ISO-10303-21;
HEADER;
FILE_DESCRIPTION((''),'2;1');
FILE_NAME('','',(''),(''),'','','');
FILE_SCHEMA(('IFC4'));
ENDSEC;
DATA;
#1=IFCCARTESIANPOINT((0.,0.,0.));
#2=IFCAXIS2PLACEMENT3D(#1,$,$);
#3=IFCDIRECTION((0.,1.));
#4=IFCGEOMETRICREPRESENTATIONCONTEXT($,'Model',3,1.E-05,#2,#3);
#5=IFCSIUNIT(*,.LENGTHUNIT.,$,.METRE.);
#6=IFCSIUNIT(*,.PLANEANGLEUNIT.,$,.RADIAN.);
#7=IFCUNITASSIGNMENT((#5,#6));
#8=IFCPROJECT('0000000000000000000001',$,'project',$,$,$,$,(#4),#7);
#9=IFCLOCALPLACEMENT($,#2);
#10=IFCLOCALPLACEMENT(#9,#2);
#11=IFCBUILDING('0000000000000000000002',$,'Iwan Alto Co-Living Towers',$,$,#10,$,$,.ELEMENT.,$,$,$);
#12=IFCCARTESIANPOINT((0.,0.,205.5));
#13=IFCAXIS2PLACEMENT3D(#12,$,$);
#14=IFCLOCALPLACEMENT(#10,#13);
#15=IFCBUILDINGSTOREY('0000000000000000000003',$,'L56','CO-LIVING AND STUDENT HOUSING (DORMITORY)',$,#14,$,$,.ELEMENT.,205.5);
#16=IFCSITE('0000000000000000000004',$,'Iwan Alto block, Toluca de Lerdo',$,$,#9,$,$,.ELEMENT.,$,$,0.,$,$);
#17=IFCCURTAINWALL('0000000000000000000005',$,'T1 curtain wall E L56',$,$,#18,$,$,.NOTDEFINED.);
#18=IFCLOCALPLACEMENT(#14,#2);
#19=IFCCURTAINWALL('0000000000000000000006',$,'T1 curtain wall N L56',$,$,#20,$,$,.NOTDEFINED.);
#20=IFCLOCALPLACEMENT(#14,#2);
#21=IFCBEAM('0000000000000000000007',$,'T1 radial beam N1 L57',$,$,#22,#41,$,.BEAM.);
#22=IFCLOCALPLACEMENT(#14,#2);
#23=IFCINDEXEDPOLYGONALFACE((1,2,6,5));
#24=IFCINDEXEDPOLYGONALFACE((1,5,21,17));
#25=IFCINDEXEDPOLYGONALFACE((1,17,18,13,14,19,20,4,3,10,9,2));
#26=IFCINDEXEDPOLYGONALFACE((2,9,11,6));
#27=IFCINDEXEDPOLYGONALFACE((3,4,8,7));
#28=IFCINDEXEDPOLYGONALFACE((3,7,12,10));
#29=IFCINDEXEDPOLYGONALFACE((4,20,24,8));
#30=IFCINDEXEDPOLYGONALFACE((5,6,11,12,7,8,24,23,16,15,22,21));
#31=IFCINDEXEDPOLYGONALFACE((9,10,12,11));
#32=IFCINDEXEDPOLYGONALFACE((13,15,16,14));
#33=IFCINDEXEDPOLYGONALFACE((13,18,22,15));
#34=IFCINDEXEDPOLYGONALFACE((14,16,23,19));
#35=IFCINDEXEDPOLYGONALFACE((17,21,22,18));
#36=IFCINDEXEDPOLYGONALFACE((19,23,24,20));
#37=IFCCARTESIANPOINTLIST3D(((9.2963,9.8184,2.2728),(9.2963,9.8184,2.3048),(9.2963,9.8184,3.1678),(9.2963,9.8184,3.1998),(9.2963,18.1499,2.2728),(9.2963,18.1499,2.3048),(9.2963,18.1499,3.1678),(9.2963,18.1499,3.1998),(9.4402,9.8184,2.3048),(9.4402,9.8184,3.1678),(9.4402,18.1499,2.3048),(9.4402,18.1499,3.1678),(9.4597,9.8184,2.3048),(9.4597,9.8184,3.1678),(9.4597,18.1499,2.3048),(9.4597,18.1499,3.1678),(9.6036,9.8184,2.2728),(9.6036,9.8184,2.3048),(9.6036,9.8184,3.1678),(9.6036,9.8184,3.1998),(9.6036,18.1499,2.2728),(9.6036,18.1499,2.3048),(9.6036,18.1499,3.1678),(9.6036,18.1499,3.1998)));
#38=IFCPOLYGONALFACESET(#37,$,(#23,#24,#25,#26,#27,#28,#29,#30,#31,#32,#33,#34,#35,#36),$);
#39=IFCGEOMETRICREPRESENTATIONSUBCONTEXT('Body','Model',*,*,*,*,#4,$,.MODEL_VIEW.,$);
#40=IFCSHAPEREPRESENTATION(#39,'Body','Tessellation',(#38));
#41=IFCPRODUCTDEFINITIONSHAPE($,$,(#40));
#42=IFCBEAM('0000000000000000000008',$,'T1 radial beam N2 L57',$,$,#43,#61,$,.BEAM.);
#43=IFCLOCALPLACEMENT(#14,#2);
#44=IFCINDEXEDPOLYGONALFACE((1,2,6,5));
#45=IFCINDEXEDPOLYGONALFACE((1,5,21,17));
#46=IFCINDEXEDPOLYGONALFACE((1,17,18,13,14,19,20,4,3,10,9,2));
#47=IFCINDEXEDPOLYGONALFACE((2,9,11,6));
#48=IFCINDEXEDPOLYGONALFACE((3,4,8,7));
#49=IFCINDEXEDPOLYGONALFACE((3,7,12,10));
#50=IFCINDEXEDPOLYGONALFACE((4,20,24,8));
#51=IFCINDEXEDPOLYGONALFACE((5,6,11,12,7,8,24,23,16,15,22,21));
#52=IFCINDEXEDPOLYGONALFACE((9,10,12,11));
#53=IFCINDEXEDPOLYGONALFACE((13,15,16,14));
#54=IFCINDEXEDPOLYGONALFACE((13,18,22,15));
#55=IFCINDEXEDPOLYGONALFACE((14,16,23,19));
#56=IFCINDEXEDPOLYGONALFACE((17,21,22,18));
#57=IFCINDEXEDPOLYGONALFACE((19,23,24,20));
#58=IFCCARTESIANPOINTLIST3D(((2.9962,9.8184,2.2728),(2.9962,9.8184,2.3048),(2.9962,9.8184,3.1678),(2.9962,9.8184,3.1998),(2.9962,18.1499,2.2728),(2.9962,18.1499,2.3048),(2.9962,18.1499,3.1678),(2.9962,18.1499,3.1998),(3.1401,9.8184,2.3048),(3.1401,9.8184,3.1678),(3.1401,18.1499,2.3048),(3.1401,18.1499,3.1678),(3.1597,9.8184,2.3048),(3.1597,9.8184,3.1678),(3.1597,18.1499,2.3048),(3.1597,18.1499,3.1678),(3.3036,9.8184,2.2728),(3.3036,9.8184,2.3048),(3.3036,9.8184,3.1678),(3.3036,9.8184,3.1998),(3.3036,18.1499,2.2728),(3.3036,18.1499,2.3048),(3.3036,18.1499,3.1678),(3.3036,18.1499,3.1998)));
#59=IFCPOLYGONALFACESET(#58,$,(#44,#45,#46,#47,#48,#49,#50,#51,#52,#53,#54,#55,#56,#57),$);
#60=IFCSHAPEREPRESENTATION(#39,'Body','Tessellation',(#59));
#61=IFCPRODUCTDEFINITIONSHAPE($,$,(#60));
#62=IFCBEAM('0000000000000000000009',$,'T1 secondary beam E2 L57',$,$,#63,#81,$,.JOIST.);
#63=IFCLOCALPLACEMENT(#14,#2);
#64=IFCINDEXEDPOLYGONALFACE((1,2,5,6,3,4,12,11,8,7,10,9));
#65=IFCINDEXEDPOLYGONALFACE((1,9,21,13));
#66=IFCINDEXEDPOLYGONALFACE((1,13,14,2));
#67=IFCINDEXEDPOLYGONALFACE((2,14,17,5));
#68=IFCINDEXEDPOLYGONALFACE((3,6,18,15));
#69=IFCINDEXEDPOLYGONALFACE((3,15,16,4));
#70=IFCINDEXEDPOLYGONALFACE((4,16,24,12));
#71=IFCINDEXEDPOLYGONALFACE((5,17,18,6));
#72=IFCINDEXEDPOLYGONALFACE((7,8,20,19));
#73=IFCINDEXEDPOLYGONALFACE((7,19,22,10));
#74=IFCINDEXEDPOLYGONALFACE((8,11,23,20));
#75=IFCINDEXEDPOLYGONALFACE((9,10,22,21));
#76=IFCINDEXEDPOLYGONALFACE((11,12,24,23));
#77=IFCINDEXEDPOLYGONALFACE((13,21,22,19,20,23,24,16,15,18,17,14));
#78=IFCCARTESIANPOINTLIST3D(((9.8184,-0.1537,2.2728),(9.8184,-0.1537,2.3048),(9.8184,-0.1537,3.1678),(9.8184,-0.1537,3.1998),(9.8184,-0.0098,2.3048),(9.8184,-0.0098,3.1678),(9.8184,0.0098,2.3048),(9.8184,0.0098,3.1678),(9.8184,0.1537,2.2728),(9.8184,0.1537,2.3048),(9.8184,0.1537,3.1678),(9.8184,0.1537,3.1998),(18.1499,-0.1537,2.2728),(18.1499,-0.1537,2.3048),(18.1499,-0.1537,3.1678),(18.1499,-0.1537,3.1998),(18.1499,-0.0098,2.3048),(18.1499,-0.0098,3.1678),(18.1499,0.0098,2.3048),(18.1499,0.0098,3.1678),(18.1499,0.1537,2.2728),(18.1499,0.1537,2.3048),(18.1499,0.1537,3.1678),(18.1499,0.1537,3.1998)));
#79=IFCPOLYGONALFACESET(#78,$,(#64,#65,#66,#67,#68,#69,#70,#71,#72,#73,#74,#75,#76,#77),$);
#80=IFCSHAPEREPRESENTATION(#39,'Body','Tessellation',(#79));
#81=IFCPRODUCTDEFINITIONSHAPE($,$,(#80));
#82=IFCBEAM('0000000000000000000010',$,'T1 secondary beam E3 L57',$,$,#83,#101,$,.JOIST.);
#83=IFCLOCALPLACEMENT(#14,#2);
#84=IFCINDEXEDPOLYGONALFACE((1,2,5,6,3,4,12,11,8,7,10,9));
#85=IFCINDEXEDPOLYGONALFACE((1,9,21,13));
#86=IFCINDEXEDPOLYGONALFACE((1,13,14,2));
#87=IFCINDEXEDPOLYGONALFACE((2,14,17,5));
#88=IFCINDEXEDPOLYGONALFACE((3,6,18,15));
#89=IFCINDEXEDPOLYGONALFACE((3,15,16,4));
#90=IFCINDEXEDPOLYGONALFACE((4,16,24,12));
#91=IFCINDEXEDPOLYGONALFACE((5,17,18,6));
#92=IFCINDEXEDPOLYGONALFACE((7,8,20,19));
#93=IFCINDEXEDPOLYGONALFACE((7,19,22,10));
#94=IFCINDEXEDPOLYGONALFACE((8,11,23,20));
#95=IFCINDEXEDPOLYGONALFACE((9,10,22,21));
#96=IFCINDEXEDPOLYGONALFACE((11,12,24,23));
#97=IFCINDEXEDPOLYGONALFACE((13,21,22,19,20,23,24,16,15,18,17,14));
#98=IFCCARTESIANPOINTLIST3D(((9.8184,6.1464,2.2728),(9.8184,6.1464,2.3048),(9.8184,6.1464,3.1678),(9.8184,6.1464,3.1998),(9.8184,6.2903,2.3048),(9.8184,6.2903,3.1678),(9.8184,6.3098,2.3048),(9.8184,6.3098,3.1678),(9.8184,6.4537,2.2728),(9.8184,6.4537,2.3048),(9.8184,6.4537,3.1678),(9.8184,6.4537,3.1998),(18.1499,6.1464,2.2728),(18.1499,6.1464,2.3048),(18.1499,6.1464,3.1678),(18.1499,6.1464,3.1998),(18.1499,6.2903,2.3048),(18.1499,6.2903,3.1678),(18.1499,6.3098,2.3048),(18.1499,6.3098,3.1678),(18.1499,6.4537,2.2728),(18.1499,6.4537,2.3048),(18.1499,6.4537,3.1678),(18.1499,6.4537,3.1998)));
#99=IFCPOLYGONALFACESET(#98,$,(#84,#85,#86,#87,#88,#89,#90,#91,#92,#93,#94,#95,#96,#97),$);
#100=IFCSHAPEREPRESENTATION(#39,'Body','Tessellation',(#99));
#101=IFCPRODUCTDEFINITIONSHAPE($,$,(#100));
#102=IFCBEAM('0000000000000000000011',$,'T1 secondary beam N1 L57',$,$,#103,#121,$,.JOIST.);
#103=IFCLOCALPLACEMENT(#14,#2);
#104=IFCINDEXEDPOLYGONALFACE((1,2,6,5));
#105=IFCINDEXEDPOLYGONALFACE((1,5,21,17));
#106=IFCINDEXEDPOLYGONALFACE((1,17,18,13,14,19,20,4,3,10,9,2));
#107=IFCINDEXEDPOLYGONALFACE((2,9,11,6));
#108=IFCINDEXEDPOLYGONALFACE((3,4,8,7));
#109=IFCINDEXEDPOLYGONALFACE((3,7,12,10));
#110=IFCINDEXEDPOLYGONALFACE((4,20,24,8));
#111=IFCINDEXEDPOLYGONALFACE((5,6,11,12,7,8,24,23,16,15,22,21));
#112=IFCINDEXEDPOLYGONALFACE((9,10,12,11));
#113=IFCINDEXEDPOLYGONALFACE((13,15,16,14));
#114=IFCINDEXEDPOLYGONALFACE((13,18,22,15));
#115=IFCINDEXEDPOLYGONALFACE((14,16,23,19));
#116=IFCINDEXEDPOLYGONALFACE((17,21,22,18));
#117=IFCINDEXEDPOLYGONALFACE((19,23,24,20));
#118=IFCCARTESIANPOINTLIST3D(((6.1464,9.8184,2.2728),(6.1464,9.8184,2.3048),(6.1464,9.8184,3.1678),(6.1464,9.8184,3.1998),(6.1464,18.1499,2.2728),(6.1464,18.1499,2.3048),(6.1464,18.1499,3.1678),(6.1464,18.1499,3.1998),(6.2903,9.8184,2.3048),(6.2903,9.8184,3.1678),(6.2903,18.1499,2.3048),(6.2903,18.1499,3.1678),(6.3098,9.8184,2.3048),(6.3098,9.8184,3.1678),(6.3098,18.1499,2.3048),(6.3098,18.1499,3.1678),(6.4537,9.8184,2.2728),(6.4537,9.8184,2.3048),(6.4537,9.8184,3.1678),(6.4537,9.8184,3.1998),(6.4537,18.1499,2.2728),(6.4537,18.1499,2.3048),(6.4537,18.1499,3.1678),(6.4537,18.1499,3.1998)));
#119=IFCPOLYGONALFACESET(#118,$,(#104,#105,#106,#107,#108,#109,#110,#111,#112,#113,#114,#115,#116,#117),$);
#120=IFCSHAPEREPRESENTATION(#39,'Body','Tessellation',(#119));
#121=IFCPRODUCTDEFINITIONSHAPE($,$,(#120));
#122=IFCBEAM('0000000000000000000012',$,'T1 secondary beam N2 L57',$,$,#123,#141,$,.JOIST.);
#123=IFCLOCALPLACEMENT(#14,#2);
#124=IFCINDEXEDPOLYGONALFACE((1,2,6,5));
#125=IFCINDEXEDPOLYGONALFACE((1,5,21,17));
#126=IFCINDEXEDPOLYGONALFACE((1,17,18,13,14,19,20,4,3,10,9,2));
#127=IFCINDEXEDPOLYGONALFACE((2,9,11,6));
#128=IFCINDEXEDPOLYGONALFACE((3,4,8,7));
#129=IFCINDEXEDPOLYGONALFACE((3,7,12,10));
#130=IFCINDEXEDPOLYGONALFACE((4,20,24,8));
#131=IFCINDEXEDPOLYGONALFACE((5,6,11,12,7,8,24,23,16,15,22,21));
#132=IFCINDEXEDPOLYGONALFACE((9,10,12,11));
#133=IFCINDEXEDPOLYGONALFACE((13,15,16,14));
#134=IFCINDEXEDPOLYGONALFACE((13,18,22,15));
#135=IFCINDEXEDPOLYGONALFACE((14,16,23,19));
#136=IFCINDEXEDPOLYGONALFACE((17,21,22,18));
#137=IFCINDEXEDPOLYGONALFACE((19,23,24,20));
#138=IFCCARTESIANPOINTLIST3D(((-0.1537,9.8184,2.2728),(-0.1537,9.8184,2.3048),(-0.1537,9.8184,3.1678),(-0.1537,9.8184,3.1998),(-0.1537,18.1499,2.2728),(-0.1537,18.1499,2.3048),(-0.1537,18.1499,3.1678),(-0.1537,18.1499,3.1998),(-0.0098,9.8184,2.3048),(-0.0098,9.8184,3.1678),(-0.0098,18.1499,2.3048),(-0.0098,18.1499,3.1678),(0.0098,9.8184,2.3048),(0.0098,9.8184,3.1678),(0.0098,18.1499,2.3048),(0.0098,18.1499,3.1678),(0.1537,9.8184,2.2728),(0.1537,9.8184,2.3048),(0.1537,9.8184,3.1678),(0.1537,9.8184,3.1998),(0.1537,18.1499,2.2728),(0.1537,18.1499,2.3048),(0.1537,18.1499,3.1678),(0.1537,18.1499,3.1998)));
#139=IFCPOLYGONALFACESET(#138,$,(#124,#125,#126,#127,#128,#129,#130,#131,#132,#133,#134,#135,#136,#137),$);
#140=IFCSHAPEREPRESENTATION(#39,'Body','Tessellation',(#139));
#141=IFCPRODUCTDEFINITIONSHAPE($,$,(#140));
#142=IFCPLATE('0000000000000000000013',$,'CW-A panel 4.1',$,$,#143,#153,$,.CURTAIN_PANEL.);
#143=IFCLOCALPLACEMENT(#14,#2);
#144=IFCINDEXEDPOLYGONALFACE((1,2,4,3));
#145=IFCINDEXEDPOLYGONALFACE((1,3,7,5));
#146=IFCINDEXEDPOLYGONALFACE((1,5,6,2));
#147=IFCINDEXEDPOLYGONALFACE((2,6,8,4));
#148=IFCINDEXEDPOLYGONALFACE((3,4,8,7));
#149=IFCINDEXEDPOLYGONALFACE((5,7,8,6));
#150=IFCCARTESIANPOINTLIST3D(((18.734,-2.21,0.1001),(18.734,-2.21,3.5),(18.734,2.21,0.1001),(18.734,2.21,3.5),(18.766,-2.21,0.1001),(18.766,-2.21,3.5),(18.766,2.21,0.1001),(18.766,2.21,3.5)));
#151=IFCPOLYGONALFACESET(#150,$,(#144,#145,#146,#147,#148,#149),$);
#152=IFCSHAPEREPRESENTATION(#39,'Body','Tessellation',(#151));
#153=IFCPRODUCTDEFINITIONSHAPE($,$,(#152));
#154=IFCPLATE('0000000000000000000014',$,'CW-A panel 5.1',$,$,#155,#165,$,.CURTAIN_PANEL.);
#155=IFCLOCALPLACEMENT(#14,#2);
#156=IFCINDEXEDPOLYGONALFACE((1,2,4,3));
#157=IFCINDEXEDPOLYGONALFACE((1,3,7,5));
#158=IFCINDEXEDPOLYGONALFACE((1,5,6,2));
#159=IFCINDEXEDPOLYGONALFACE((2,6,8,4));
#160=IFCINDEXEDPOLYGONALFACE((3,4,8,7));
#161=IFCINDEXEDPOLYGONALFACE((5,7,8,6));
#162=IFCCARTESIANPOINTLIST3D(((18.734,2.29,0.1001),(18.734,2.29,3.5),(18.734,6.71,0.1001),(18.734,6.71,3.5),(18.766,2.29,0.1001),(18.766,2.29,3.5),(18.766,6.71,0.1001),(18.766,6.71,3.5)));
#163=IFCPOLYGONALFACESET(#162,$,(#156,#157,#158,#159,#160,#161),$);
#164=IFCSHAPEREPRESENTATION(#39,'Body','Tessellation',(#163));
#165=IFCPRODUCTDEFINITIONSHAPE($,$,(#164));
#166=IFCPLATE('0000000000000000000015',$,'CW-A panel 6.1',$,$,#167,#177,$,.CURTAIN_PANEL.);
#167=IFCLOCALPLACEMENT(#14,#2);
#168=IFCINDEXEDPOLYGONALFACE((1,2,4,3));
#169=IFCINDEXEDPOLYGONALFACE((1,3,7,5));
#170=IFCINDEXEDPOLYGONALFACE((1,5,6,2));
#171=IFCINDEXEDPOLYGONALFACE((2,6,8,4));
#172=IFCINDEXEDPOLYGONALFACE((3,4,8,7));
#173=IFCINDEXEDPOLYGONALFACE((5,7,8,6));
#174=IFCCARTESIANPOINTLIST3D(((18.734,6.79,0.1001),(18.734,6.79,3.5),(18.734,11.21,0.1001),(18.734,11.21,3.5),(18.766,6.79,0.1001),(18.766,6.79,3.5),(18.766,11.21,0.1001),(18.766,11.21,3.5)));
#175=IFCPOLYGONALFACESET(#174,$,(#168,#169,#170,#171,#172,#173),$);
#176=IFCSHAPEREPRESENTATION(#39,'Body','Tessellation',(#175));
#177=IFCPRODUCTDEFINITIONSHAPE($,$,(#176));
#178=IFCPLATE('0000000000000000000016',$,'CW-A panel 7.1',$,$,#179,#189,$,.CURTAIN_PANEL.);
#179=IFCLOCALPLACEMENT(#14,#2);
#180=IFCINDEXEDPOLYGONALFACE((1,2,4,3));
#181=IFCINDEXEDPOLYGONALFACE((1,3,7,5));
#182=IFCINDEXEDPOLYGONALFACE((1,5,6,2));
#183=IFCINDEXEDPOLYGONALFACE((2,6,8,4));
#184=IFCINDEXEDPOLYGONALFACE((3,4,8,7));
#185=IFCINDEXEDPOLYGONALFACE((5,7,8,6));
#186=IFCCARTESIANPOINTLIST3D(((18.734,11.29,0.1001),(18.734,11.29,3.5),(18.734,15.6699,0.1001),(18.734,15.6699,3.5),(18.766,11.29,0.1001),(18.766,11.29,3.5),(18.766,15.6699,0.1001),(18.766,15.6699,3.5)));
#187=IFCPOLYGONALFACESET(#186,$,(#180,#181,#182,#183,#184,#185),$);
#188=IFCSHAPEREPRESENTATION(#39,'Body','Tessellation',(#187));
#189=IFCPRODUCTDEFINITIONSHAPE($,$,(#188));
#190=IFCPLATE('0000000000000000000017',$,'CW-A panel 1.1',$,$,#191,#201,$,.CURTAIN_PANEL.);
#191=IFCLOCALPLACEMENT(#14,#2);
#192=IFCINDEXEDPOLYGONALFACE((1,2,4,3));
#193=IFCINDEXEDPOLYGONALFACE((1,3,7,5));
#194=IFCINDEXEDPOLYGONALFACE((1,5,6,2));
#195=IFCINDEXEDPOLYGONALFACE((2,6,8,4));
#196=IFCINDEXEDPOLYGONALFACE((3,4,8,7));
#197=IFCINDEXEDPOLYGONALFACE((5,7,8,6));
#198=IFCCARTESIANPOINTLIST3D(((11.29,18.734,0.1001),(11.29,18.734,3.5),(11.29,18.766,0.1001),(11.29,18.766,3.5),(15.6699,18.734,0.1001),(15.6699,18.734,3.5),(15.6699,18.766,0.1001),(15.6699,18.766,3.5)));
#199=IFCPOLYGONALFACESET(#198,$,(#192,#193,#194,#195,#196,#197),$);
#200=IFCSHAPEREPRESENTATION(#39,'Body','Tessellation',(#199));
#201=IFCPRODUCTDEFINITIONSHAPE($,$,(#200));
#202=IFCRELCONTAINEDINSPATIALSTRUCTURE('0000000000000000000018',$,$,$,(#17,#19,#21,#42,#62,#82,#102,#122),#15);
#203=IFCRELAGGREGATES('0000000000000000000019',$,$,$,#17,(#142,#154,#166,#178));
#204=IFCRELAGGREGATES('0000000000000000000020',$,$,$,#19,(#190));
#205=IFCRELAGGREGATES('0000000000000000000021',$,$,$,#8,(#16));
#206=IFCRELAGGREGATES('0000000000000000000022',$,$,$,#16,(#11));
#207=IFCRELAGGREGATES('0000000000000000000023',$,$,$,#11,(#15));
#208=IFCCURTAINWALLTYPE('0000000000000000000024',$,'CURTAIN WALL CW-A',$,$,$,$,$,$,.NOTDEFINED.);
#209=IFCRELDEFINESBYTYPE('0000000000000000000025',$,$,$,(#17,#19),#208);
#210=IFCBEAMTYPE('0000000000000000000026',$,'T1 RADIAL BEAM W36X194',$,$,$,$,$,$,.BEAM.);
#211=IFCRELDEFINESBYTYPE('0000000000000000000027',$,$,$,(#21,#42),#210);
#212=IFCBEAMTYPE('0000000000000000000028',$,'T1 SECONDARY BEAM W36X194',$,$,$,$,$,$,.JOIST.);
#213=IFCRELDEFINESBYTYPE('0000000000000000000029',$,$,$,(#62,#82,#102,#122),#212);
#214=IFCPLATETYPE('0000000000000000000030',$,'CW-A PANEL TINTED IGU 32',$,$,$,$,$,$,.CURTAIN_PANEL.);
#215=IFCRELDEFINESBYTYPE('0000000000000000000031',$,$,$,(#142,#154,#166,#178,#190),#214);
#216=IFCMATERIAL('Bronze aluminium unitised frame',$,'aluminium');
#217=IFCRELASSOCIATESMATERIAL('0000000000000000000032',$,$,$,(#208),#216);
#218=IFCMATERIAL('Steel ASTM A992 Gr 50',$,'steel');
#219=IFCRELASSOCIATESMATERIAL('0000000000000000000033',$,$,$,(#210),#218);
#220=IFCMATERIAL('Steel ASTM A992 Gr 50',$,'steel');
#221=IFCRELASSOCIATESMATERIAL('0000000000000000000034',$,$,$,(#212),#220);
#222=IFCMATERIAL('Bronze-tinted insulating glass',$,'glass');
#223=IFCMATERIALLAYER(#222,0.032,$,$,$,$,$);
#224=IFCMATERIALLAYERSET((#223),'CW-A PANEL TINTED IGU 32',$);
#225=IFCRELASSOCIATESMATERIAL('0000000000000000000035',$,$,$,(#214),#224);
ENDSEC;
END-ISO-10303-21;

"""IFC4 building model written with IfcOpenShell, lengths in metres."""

from ifc_helpers import new_model, si_unit, direction, frame, origin, origin_2d, place, context, subcontext, project, spatial, rectangle, i_section, extrude, material, layer, layer_set, material_profile, profile_set, type_object, element, aggregate, save


model = new_model("IFC4")

# Units and contexts
model_context = context("Model", 3, precision=1e-05, world=origin(), true_north=direction((0.0, 1.0)))
body_context = subcontext(model_context, "Body", "Model", "MODEL_VIEW")
ifc_project = project(units=[si_unit("LENGTHUNIT", "METRE"), si_unit("PLANEANGLEUNIT", "RADIAN")], contexts=[model_context])

# Site, building, storey
site_placement = place(None, origin())
site = spatial("IfcSite", under=ifc_project, at=site_placement, Name="Iwan Alto block, Toluca de Lerdo", CompositionType="ELEMENT", RefElevation=0.0)
building_placement = place(site_placement, origin())
building = spatial("IfcBuilding", under=site, at=building_placement, Name="Iwan Alto Co-Living Towers", CompositionType="ELEMENT")
storey_placement = place(building_placement, frame((0.0, 0.0, 205.5)))
storey = spatial("IfcBuildingStorey", under=building, at=storey_placement, Name="L56", Description="CO-LIVING AND STUDENT HOUSING (DORMITORY)", CompositionType="ELEMENT", Elevation=205.5)

# Curtain walls
ifc_material_1 = material(Name="Bronze aluminium unitised frame", Category="aluminium")
curtain_wall_type_1 = type_object("IfcCurtainWallType", Name="CURTAIN WALL CW-A", PredefinedType="NOTDEFINED", material=ifc_material_1)
curtain_wall_1_placement = place(storey_placement, origin())
curtain_wall_1 = element("IfcCurtainWall", 1, at=curtain_wall_1_placement, inside=storey, type_object=curtain_wall_type_1, Name="T1 curtain wall E L56", PredefinedType="NOTDEFINED")
curtain_wall_2_placement = place(storey_placement, origin())
curtain_wall_2 = element("IfcCurtainWall", 2, at=curtain_wall_2_placement, inside=storey, type_object=curtain_wall_type_1, Name="T1 curtain wall N L56", PredefinedType="NOTDEFINED")

# Beams
ifc_material_2 = material(Name="Steel ASTM A992 Gr 50", Category="steel")
ifc_material_profile_1 = material_profile(ifc_material_2, i_section(OverallWidth=0.3074, OverallDepth=0.927, WebThickness=0.0195, FlangeThickness=0.032, at=origin_2d()), Name="W36X194")
ifc_profile_set_1 = profile_set([ifc_material_profile_1], Name="Steel ASTM A992 Gr 50")
beam_type_1 = type_object("IfcBeamType", Name="T1 RADIAL BEAM W36X194", PredefinedType="BEAM", material=ifc_profile_set_1)
for number, where, z_axis, x_axis, name in (
    (3, (9.45, 18.1499, 2.7363), (0.0, -1.0, 0.0), (1.0, 0.0, 0.0), "T1 radial beam N1 L57"),
    (4, (3.1499, 18.1499, 2.7363), (0.0, -1.0, 0.0), (1.0, 0.0, 0.0), "T1 radial beam N2 L57"),
):
    element("IfcBeam", number, at=place(storey_placement, frame(where, z_axis=z_axis, x_axis=x_axis)), inside=storey, type_object=beam_type_1, Name=name, PredefinedType="BEAM", context=body_context, shape_type="SweptSolid", body=[
        extrude(i_section(OverallWidth=0.3074, OverallDepth=0.927, WebThickness=0.0195, FlangeThickness=0.032, at=origin_2d()), origin(), (0.0, 0.0, 1.0), 8.3315),
    ])
ifc_material_3 = material(Name="Steel ASTM A992 Gr 50", Category="steel")
ifc_material_profile_2 = material_profile(ifc_material_3, i_section(OverallWidth=0.3074, OverallDepth=0.927, WebThickness=0.0195, FlangeThickness=0.032, at=origin_2d()), Name="W36X194")
ifc_profile_set_2 = profile_set([ifc_material_profile_2], Name="Steel ASTM A992 Gr 50")
beam_type_2 = type_object("IfcBeamType", Name="T1 SECONDARY BEAM W36X194", PredefinedType="JOIST", material=ifc_profile_set_2)
for number, where, z_axis, x_axis, name in (
    (5, (18.1499, 0.0, 2.7363), (-1.0, 0.0, 0.0), (0.0, -1.0, 0.0), "T1 secondary beam E2 L57"),
    (6, (18.1499, 6.3, 2.7363), (-1.0, 0.0, 0.0), (0.0, -1.0, 0.0), "T1 secondary beam E3 L57"),
    (7, (6.3, 18.1499, 2.7363), (0.0, -1.0, 0.0), (1.0, 0.0, 0.0), "T1 secondary beam N1 L57"),
    (8, (0.0, 18.1499, 2.7363), (0.0, -1.0, 0.0), (1.0, 0.0, 0.0), "T1 secondary beam N2 L57"),
):
    element("IfcBeam", number, at=place(storey_placement, frame(where, z_axis=z_axis, x_axis=x_axis)), inside=storey, type_object=beam_type_2, Name=name, PredefinedType="JOIST", context=body_context, shape_type="SweptSolid", body=[
        extrude(i_section(OverallWidth=0.3074, OverallDepth=0.927, WebThickness=0.0195, FlangeThickness=0.032, at=origin_2d()), origin(), (0.0, 0.0, 1.0), 8.3315),
    ])

# Plates
ifc_material_4 = material(Name="Bronze-tinted insulating glass", Category="glass")
ifc_layer_1 = layer(ifc_material_4, 0.032)
ifc_layer_set_1 = layer_set([ifc_layer_1], Name="CW-A PANEL TINTED IGU 32")
plate_type_1 = type_object("IfcPlateType", Name="CW-A PANEL TINTED IGU 32", PredefinedType="CURTAIN_PANEL", material=ifc_layer_set_1)
plate_1_placement = place(storey_placement, frame((18.75, 0.0, 0.1001), z_axis=(0.0, 0.0, 1.0), x_axis=(0.0, 1.0, 0.0)))
plate_1 = element("IfcPlate", 9, at=plate_1_placement, type_object=plate_type_1, Name="CW-A panel 4.1", PredefinedType="CURTAIN_PANEL", context=body_context, shape_type="SweptSolid", body=[
    extrude(rectangle(XDim=4.4199, YDim=0.032, at=origin_2d()), origin(), (0.0, 0.0, 1.0), 3.3999),
])
plate_2_placement = place(storey_placement, frame((18.75, 4.5, 0.1001), z_axis=(0.0, 0.0, 1.0), x_axis=(0.0, 1.0, 0.0)))
plate_2 = element("IfcPlate", 10, at=plate_2_placement, type_object=plate_type_1, Name="CW-A panel 5.1", PredefinedType="CURTAIN_PANEL", context=body_context, shape_type="SweptSolid", body=[
    extrude(rectangle(XDim=4.4199, YDim=0.032, at=origin_2d()), origin(), (0.0, 0.0, 1.0), 3.3999),
])
plate_3_placement = place(storey_placement, frame((18.75, 9.0, 0.1001), z_axis=(0.0, 0.0, 1.0), x_axis=(0.0, 1.0, 0.0)))
plate_3 = element("IfcPlate", 11, at=plate_3_placement, type_object=plate_type_1, Name="CW-A panel 6.1", PredefinedType="CURTAIN_PANEL", context=body_context, shape_type="SweptSolid", body=[
    extrude(rectangle(XDim=4.4199, YDim=0.032, at=origin_2d()), origin(), (0.0, 0.0, 1.0), 3.3999),
])
plate_4_placement = place(storey_placement, frame((18.75, 13.48, 0.1001), z_axis=(0.0, 0.0, 1.0), x_axis=(0.0, 1.0, 0.0)))
plate_4 = element("IfcPlate", 12, at=plate_4_placement, type_object=plate_type_1, Name="CW-A panel 7.1", PredefinedType="CURTAIN_PANEL", context=body_context, shape_type="SweptSolid", body=[
    extrude(rectangle(XDim=4.3799, YDim=0.032, at=origin_2d()), origin(), (0.0, 0.0, 1.0), 3.3999),
])
aggregate(curtain_wall_1, [plate_1, plate_2, plate_3, plate_4])
plate_5_placement = place(storey_placement, frame((13.48, 18.75, 0.1001), z_axis=(0.0, 0.0, 1.0), x_axis=(-1.0, 0.0, 0.0)))
plate_5 = element("IfcPlate", 13, at=plate_5_placement, type_object=plate_type_1, Name="CW-A panel 1.1", PredefinedType="CURTAIN_PANEL", context=body_context, shape_type="SweptSolid", body=[
    extrude(rectangle(XDim=4.3799, YDim=0.032, at=origin_2d()), origin(), (0.0, 0.0, 1.0), 3.3999),
])
aggregate(curtain_wall_2, [plate_5])

save(model, "model.ifc")
